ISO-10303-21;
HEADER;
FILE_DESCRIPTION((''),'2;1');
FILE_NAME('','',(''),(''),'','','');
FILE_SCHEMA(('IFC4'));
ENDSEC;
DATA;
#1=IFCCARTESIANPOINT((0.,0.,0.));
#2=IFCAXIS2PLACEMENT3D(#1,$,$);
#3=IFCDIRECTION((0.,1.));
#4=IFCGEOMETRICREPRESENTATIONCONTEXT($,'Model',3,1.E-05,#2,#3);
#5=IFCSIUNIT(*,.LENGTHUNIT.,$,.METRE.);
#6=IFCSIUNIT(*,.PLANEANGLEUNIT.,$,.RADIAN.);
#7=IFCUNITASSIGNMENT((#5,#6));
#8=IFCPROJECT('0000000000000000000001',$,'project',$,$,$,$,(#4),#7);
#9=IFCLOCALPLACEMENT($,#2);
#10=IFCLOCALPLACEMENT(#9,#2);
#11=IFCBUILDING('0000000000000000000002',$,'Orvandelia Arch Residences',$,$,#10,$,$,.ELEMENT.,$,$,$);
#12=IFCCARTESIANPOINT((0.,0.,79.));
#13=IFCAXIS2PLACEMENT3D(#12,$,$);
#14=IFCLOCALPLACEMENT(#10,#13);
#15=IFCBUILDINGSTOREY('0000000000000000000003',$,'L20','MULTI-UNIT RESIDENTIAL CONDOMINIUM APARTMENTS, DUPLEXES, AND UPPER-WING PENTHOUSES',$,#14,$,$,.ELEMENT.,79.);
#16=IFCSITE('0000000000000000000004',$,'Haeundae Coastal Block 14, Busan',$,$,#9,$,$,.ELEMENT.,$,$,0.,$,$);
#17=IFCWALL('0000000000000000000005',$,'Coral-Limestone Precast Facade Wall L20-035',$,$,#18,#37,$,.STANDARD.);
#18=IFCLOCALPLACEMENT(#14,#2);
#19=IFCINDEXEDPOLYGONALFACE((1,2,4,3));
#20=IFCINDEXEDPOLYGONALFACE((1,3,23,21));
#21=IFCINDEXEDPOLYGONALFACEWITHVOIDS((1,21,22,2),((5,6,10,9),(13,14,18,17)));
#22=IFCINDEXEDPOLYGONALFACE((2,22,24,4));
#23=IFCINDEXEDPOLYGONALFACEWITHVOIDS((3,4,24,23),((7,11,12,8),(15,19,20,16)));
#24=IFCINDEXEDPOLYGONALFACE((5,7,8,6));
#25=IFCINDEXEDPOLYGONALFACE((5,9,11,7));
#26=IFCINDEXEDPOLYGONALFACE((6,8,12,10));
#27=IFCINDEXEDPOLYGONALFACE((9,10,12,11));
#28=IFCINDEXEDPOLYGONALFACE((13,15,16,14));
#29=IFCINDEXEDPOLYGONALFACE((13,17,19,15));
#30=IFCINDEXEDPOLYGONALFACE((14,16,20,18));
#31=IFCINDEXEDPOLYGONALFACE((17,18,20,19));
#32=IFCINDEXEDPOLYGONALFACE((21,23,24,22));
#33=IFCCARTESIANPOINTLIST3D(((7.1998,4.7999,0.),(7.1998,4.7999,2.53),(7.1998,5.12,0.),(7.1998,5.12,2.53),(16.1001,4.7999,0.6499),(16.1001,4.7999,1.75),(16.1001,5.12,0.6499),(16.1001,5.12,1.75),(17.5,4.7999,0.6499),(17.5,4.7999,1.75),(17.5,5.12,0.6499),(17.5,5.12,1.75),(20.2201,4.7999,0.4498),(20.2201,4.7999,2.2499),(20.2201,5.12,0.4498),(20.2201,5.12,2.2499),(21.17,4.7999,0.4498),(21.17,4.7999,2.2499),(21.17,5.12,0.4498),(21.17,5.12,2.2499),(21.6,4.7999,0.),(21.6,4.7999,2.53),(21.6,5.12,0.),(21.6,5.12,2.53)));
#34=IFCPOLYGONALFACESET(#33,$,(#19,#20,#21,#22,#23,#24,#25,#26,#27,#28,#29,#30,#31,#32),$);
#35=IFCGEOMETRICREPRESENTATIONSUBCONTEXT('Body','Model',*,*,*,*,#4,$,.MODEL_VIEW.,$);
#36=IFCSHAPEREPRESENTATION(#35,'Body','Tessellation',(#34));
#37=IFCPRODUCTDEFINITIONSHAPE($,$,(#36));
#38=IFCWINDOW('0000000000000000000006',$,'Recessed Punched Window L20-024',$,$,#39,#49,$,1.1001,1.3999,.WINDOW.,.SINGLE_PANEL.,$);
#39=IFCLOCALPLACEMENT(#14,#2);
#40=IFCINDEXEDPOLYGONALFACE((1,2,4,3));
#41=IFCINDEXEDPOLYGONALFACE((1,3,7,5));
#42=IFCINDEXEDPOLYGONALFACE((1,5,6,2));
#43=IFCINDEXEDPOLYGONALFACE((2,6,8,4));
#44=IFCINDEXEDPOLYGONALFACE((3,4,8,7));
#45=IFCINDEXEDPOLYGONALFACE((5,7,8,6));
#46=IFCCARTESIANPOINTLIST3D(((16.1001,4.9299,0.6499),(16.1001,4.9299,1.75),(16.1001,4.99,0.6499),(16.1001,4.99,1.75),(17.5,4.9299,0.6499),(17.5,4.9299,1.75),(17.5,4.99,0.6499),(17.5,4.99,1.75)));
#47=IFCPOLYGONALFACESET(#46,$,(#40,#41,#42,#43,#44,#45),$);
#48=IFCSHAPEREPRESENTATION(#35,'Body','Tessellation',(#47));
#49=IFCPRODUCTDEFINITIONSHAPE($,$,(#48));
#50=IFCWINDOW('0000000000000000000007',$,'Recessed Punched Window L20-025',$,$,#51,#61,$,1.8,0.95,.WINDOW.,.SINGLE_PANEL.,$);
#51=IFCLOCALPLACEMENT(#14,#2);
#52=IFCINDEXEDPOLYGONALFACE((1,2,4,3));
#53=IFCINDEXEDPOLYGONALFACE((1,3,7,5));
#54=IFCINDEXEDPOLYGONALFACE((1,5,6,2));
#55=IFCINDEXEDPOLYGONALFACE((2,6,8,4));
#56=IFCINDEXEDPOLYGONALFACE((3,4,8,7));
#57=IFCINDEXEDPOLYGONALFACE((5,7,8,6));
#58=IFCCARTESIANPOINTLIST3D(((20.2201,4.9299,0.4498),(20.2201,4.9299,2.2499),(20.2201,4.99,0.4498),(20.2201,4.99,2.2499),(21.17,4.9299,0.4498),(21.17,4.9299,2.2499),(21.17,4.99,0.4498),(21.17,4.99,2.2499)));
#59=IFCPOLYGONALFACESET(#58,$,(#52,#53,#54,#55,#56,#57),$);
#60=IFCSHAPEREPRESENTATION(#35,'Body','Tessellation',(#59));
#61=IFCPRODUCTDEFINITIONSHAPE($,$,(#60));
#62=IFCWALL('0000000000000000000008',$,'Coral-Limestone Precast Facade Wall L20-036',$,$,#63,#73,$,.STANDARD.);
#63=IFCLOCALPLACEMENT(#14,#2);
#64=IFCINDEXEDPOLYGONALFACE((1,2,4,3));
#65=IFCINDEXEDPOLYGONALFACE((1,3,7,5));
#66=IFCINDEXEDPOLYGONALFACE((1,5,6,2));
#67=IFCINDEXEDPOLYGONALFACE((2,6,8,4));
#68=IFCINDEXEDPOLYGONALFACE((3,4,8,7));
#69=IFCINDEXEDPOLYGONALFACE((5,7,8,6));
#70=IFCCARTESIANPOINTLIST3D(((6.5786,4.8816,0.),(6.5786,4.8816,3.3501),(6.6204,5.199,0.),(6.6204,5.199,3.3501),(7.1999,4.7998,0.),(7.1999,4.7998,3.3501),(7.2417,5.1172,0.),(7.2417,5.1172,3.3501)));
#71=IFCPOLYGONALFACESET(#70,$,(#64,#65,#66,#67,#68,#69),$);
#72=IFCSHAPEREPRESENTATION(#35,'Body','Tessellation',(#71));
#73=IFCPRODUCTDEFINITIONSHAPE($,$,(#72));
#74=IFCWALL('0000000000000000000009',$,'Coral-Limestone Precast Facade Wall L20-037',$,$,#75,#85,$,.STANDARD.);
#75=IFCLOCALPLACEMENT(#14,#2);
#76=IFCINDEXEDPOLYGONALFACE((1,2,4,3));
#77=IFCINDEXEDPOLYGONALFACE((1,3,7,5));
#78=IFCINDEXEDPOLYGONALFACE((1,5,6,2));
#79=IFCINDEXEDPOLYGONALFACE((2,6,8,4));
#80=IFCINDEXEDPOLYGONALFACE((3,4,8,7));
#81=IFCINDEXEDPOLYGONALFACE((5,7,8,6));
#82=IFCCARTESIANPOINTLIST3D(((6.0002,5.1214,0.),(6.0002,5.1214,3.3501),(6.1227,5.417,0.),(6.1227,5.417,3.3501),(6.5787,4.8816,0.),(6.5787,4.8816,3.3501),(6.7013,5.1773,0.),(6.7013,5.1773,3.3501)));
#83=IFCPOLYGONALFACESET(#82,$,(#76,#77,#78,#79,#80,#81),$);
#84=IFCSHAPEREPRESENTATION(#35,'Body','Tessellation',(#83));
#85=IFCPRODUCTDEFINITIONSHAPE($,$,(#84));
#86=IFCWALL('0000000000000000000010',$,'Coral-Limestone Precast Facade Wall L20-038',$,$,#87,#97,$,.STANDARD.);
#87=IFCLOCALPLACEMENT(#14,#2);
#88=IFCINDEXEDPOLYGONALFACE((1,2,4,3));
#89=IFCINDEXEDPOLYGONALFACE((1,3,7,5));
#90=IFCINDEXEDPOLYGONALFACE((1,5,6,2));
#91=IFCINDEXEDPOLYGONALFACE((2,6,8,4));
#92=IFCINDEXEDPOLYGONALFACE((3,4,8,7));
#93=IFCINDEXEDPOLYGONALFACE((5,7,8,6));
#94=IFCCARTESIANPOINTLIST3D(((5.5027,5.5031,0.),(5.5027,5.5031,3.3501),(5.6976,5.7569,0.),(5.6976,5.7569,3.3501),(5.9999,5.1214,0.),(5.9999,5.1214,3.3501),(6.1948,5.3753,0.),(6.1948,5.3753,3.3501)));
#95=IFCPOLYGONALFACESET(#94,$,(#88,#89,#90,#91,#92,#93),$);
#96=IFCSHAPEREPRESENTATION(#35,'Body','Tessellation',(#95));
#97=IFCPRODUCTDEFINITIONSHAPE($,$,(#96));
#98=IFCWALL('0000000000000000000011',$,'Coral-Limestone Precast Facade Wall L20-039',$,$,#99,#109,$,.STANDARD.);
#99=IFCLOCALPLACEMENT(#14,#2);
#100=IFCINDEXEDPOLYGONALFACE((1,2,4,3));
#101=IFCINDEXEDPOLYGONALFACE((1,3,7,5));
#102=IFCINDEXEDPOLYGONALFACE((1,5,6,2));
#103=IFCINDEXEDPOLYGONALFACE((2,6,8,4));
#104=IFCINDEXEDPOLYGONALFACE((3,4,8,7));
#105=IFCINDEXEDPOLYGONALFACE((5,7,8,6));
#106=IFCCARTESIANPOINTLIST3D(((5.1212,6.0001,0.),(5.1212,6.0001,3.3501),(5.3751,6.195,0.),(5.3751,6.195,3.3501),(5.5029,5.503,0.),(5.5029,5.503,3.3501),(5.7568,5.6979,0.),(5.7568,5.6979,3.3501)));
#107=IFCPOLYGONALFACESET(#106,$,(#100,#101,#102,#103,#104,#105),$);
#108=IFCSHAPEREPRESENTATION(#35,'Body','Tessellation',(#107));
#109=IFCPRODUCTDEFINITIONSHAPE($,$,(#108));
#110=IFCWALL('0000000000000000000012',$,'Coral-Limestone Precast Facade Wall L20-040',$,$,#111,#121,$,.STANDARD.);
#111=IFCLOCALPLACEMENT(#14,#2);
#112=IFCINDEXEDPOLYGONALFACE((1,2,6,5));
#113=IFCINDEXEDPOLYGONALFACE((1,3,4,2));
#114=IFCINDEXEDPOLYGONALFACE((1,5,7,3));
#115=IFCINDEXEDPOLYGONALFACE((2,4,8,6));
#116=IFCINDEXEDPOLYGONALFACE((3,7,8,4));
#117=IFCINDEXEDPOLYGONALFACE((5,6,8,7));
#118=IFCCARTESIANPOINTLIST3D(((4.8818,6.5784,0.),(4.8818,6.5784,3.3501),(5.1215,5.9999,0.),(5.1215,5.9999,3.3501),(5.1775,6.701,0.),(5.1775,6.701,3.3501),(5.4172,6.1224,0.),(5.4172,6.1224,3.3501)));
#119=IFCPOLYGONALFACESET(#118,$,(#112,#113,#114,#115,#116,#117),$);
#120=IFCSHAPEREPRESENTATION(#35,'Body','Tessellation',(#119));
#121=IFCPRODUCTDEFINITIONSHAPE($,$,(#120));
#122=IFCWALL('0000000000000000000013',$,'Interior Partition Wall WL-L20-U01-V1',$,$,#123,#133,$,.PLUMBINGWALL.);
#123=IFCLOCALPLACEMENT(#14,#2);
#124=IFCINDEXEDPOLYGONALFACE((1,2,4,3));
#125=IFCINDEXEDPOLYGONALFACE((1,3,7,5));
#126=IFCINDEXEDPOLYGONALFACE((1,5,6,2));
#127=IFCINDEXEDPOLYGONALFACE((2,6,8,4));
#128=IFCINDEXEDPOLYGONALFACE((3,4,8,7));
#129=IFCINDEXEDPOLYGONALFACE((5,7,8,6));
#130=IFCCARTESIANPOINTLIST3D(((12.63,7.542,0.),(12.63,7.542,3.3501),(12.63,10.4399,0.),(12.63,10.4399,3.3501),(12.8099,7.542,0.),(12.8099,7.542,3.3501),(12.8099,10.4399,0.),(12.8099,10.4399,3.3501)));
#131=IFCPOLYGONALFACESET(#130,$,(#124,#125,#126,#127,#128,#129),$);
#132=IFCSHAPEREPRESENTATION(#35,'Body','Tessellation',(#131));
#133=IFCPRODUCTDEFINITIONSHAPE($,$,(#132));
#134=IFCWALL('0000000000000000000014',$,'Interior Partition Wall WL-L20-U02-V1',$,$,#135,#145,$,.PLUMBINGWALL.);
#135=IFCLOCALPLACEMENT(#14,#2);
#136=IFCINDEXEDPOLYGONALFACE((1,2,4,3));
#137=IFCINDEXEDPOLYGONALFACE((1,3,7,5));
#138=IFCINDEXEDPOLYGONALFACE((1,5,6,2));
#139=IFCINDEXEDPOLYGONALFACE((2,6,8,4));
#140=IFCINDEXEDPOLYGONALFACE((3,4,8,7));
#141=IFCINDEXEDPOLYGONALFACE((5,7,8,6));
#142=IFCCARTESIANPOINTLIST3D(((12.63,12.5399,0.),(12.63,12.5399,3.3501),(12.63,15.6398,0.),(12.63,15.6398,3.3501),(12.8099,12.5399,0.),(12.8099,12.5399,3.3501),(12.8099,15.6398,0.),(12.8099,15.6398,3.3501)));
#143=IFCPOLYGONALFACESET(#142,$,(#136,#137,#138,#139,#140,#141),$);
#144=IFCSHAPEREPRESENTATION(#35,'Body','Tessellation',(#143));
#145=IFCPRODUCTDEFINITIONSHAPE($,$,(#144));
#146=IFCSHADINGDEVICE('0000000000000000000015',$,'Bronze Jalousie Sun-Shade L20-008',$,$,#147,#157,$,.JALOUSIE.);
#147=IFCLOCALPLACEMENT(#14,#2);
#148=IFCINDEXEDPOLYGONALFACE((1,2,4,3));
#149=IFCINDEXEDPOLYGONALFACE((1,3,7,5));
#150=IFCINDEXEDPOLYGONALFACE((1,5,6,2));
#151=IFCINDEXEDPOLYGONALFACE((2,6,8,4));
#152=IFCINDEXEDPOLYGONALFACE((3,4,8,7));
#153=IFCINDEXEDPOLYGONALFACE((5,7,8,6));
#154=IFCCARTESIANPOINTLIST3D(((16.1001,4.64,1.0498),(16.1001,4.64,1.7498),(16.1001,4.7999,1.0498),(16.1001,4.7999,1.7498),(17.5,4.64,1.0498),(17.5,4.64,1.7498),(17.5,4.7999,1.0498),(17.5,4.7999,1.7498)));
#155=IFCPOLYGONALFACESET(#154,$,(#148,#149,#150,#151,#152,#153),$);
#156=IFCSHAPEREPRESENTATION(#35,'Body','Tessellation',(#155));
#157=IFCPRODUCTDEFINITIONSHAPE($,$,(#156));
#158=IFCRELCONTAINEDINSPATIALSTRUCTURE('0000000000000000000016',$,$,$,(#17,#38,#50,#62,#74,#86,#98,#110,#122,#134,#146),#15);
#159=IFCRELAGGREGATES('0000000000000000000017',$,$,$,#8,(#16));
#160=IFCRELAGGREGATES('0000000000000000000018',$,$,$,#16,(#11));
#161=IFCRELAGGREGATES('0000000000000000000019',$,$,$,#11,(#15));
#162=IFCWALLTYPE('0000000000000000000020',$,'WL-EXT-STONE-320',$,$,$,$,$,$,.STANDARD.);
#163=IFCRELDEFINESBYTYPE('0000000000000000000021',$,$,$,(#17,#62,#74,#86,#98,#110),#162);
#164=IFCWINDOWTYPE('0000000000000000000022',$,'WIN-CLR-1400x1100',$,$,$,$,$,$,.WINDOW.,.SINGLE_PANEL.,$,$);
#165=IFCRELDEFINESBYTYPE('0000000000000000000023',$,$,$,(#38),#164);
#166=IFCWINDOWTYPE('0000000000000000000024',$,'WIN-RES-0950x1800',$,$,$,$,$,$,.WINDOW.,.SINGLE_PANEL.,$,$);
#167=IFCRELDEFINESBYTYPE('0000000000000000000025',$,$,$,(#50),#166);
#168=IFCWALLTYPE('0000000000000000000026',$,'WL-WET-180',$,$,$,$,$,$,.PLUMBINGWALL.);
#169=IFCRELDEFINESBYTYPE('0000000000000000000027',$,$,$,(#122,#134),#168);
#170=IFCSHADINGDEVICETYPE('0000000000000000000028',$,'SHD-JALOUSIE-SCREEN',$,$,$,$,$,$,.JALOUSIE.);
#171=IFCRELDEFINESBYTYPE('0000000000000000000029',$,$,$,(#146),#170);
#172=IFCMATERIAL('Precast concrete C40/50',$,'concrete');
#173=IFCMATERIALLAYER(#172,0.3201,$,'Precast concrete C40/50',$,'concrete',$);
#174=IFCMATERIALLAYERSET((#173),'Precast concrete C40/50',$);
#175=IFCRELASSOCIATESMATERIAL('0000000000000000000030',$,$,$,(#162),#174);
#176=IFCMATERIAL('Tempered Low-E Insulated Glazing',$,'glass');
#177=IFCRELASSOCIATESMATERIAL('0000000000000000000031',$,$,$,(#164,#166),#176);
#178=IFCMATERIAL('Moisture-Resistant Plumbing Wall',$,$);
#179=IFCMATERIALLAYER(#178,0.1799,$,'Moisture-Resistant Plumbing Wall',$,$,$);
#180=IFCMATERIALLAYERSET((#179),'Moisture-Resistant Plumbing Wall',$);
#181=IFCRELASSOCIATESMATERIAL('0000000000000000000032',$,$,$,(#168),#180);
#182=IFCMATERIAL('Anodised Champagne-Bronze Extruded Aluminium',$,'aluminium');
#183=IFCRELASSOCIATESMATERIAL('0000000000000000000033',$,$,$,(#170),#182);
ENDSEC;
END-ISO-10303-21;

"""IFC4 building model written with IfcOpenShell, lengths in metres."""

from ifc_helpers import new_model, si_unit, direction, frame, frame_2d, origin, origin_2d, place, context, subcontext, project, spatial, rectangle, extrude, material, layer, layer_set, type_object, element, fill, save


model = new_model("IFC4")

# Units and contexts
model_context = context("Model", 3, precision=1e-05, world=origin(), true_north=direction((0.0, 1.0)))
body_context = subcontext(model_context, "Body", "Model", "MODEL_VIEW")
ifc_project = project(units=[si_unit("LENGTHUNIT", "METRE"), si_unit("PLANEANGLEUNIT", "RADIAN")], contexts=[model_context])

# Site, building, storey
site_placement = place(None, origin())
site = spatial("IfcSite", under=ifc_project, at=site_placement, Name="Haeundae Coastal Block 14, Busan", CompositionType="ELEMENT", RefElevation=0.0)
building_placement = place(site_placement, origin())
building = spatial("IfcBuilding", under=site, at=building_placement, Name="Orvandelia Arch Residences", CompositionType="ELEMENT")
storey_placement = place(building_placement, frame((0.0, 0.0, 79.0)))
storey = spatial("IfcBuildingStorey", under=building, at=storey_placement, Name="L20", Description="MULTI-UNIT RESIDENTIAL CONDOMINIUM APARTMENTS, DUPLEXES, AND UPPER-WING PENTHOUSES", CompositionType="ELEMENT", Elevation=79.0)

# Shared definitions
ifc_material_1 = material(Name="Precast concrete C40/50", Category="concrete")
ifc_layer_1 = layer(ifc_material_1, 0.3201, Name="Precast concrete C40/50", Category="concrete")
ifc_layer_set_1 = layer_set([ifc_layer_1], Name="Precast concrete C40/50")
wall_type_1 = type_object("IfcWallType", Name="WL-EXT-STONE-320", PredefinedType="STANDARD", material=ifc_layer_set_1)

# Wall, openings, windows
wall_1_placement = place(storey_placement, frame((21.6001, 4.96, 0.0), z_axis=(0.0, 0.0, 1.0), x_axis=(-1.0, 0.0, 0.0)))
wall_1 = element("IfcWall", 1, at=wall_1_placement, inside=storey, type_object=wall_type_1, Name="Coral-Limestone Precast Facade Wall L20-035", PredefinedType="STANDARD", context=body_context, shape_type="SweptSolid", body=[
    extrude(rectangle(XDim=14.4001, YDim=0.3201, at=frame_2d((7.2002, 0.0))), origin(), (0.0, 0.0, 1.0), 2.53),
])
opening_1_placement = place(wall_1_placement, frame((4.1001, 0.0, 0.6499)))
opening_1 = element("IfcOpeningElement", 2, at=opening_1_placement, cuts=wall_1, PredefinedType="OPENING", context=body_context, shape_type="SweptSolid", body=[
    extrude(rectangle(XDim=1.3999, YDim=1.1001, at=frame_2d((0.7, 0.55))), frame((0.0, 0.1699, 0.0), z_axis=(0.0, -1.0, 0.0), x_axis=(1.0, 0.0, 0.0)), (0.0, 0.0, 1.0), 0.3401),
])
opening_2_placement = place(wall_1_placement, frame((0.4299, 0.0, 0.45)))
opening_2 = element("IfcOpeningElement", 3, at=opening_2_placement, cuts=wall_1, PredefinedType="OPENING", context=body_context, shape_type="SweptSolid", body=[
    extrude(rectangle(XDim=0.95, YDim=1.8, at=frame_2d((0.4751, 0.8999))), frame((0.0, 0.1699, 0.0), z_axis=(0.0, -1.0, 0.0), x_axis=(1.0, 0.0, 0.0)), (0.0, 0.0, 1.0), 0.3401),
])
ifc_material_2 = material(Name="Tempered Low-E Insulated Glazing", Category="glass")
window_type_1 = type_object("IfcWindowType", Name="WIN-CLR-1400x1100", PartitioningType="SINGLE_PANEL", PredefinedType="WINDOW", material=ifc_material_2)
window_1_placement = place(opening_1_placement, origin())
window_1 = element("IfcWindow", 4, at=window_1_placement, inside=storey, type_object=window_type_1, Name="Recessed Punched Window L20-024", OverallHeight=1.1001, OverallWidth=1.3999, PartitioningType="SINGLE_PANEL", PredefinedType="WINDOW", context=body_context, shape_type="SweptSolid", body=[
    extrude(rectangle(XDim=1.3999, YDim=1.1001, at=frame_2d((0.7, 0.55))), frame((0.0, 0.03, 0.0), z_axis=(0.0, -1.0, 0.0), x_axis=(1.0, 0.0, 0.0)), (0.0, 0.0, 1.0), 0.0601),
])
fill(opening_1, window_1)
window_type_2 = type_object("IfcWindowType", Name="WIN-RES-0950x1800", PartitioningType="SINGLE_PANEL", PredefinedType="WINDOW", material=ifc_material_2)
window_2_placement = place(opening_2_placement, origin())
window_2 = element("IfcWindow", 5, at=window_2_placement, inside=storey, type_object=window_type_2, Name="Recessed Punched Window L20-025", OverallHeight=1.8, OverallWidth=0.95, PartitioningType="SINGLE_PANEL", PredefinedType="WINDOW", context=body_context, shape_type="SweptSolid", body=[
    extrude(rectangle(XDim=0.95, YDim=1.8, at=frame_2d((0.4751, 0.8999))), frame((0.0, 0.03, 0.0), z_axis=(0.0, -1.0, 0.0), x_axis=(1.0, 0.0, 0.0)), (0.0, 0.0, 1.0), 0.0601),
])
fill(opening_2, window_2)

# Walls
wall_2_placement = place(storey_placement, frame((7.2209, 4.9585, 0.0), z_axis=(0.0, 0.0, 1.0), x_axis=(-0.991448, 0.130505, 0.0)))
element("IfcWall", 6, at=wall_2_placement, inside=storey, type_object=wall_type_1, Name="Coral-Limestone Precast Facade Wall L20-036", PredefinedType="STANDARD", context=body_context, shape_type="SweptSolid", body=[
    extrude(rectangle(XDim=0.6267, YDim=0.3201, at=frame_2d((0.3135, 0.0))), origin(), (0.0, 0.0, 1.0), 3.3501),
])
wall_3_placement = place(storey_placement, frame((6.6399, 5.0295, 0.0), z_axis=(0.0, 0.0, 1.0), x_axis=(-0.923836, 0.382788, 0.0)))
element("IfcWall", 7, at=wall_3_placement, inside=storey, type_object=wall_type_1, Name="Coral-Limestone Precast Facade Wall L20-037", PredefinedType="STANDARD", context=body_context, shape_type="SweptSolid", body=[
    extrude(rectangle(XDim=0.6262, YDim=0.3201, at=frame_2d((0.313, 0.0))), origin(), (0.0, 0.0, 1.0), 3.3501),
])
for number, where, z_axis, x_axis, name in (
    (8, (6.0974, 5.2483, 0.0), (0.0, 0.0, 1.0), (-0.793217, 0.608939, 0.0), "Coral-Limestone Precast Facade Wall L20-038"),
    (9, (5.6299, 5.6003, 0.0), (0.0, 0.0, 1.0), (-0.608939, 0.793217, 0.0), "Coral-Limestone Precast Facade Wall L20-039"),
):
    element("IfcWall", number, at=place(storey_placement, frame(where, z_axis=z_axis, x_axis=x_axis)), inside=storey, type_object=wall_type_1, Name=name, PredefinedType="STANDARD", context=body_context, shape_type="SweptSolid", body=[
        extrude(rectangle(XDim=0.6267, YDim=0.3201, at=frame_2d((0.3135, 0.0))), origin(), (0.0, 0.0, 1.0), 3.3501),
    ])
wall_4_placement = place(storey_placement, frame((5.2693, 6.0613, 0.0), z_axis=(0.0, 0.0, 1.0), x_axis=(-0.382788, 0.923836, 0.0)))
element("IfcWall", 10, at=wall_4_placement, inside=storey, type_object=wall_type_1, Name="Coral-Limestone Precast Facade Wall L20-040", PredefinedType="STANDARD", context=body_context, shape_type="SweptSolid", body=[
    extrude(rectangle(XDim=0.6262, YDim=0.3201, at=frame_2d((0.313, 0.0))), origin(), (0.0, 0.0, 1.0), 3.3501),
])
ifc_material_3 = material(Name="Moisture-Resistant Plumbing Wall")
ifc_layer_2 = layer(ifc_material_3, 0.1799, Name="Moisture-Resistant Plumbing Wall")
ifc_layer_set_2 = layer_set([ifc_layer_2], Name="Moisture-Resistant Plumbing Wall")
wall_type_2 = type_object("IfcWallType", Name="WL-WET-180", PredefinedType="PLUMBINGWALL", material=ifc_layer_set_2)
wall_5_placement = place(storey_placement, frame((12.72, 7.542, 0.0), z_axis=(0.0, 0.0, 1.0), x_axis=(0.0, 1.0, 0.0)))
element("IfcWall", 11, at=wall_5_placement, inside=storey, type_object=wall_type_2, Name="Interior Partition Wall WL-L20-U01-V1", PredefinedType="PLUMBINGWALL", context=body_context, shape_type="SweptSolid", body=[
    extrude(rectangle(XDim=2.8979, YDim=0.1799, at=frame_2d((1.449, 0.0))), origin(), (0.0, 0.0, 1.0), 3.3501),
])
wall_6_placement = place(storey_placement, frame((12.72, 12.54, 0.0), z_axis=(0.0, 0.0, 1.0), x_axis=(0.0, 1.0, 0.0)))
element("IfcWall", 12, at=wall_6_placement, inside=storey, type_object=wall_type_2, Name="Interior Partition Wall WL-L20-U02-V1", PredefinedType="PLUMBINGWALL", context=body_context, shape_type="SweptSolid", body=[
    extrude(rectangle(XDim=3.0999, YDim=0.1799, at=frame_2d((1.5498, 0.0))), origin(), (0.0, 0.0, 1.0), 3.3501),
])

# Shading device
ifc_material_4 = material(Name="Anodised Champagne-Bronze Extruded Aluminium", Category="aluminium")
shading_device_type = type_object("IfcShadingDeviceType", Name="SHD-JALOUSIE-SCREEN", PredefinedType="JALOUSIE", material=ifc_material_4)
shading_device_placement = place(storey_placement, frame((16.8, 4.72, 1.0498), z_axis=(0.0, 0.0, 1.0), x_axis=(-1.0, 0.0, 0.0)))
element("IfcShadingDevice", 13, at=shading_device_placement, inside=storey, type_object=shading_device_type, Name="Bronze Jalousie Sun-Shade L20-008", PredefinedType="JALOUSIE", context=body_context, shape_type="SweptSolid", body=[
    extrude(rectangle(XDim=1.3999, YDim=0.1599, at=origin_2d()), origin(), (0.0, 0.0, 1.0), 0.7),
])

save(model, "model.ifc")
